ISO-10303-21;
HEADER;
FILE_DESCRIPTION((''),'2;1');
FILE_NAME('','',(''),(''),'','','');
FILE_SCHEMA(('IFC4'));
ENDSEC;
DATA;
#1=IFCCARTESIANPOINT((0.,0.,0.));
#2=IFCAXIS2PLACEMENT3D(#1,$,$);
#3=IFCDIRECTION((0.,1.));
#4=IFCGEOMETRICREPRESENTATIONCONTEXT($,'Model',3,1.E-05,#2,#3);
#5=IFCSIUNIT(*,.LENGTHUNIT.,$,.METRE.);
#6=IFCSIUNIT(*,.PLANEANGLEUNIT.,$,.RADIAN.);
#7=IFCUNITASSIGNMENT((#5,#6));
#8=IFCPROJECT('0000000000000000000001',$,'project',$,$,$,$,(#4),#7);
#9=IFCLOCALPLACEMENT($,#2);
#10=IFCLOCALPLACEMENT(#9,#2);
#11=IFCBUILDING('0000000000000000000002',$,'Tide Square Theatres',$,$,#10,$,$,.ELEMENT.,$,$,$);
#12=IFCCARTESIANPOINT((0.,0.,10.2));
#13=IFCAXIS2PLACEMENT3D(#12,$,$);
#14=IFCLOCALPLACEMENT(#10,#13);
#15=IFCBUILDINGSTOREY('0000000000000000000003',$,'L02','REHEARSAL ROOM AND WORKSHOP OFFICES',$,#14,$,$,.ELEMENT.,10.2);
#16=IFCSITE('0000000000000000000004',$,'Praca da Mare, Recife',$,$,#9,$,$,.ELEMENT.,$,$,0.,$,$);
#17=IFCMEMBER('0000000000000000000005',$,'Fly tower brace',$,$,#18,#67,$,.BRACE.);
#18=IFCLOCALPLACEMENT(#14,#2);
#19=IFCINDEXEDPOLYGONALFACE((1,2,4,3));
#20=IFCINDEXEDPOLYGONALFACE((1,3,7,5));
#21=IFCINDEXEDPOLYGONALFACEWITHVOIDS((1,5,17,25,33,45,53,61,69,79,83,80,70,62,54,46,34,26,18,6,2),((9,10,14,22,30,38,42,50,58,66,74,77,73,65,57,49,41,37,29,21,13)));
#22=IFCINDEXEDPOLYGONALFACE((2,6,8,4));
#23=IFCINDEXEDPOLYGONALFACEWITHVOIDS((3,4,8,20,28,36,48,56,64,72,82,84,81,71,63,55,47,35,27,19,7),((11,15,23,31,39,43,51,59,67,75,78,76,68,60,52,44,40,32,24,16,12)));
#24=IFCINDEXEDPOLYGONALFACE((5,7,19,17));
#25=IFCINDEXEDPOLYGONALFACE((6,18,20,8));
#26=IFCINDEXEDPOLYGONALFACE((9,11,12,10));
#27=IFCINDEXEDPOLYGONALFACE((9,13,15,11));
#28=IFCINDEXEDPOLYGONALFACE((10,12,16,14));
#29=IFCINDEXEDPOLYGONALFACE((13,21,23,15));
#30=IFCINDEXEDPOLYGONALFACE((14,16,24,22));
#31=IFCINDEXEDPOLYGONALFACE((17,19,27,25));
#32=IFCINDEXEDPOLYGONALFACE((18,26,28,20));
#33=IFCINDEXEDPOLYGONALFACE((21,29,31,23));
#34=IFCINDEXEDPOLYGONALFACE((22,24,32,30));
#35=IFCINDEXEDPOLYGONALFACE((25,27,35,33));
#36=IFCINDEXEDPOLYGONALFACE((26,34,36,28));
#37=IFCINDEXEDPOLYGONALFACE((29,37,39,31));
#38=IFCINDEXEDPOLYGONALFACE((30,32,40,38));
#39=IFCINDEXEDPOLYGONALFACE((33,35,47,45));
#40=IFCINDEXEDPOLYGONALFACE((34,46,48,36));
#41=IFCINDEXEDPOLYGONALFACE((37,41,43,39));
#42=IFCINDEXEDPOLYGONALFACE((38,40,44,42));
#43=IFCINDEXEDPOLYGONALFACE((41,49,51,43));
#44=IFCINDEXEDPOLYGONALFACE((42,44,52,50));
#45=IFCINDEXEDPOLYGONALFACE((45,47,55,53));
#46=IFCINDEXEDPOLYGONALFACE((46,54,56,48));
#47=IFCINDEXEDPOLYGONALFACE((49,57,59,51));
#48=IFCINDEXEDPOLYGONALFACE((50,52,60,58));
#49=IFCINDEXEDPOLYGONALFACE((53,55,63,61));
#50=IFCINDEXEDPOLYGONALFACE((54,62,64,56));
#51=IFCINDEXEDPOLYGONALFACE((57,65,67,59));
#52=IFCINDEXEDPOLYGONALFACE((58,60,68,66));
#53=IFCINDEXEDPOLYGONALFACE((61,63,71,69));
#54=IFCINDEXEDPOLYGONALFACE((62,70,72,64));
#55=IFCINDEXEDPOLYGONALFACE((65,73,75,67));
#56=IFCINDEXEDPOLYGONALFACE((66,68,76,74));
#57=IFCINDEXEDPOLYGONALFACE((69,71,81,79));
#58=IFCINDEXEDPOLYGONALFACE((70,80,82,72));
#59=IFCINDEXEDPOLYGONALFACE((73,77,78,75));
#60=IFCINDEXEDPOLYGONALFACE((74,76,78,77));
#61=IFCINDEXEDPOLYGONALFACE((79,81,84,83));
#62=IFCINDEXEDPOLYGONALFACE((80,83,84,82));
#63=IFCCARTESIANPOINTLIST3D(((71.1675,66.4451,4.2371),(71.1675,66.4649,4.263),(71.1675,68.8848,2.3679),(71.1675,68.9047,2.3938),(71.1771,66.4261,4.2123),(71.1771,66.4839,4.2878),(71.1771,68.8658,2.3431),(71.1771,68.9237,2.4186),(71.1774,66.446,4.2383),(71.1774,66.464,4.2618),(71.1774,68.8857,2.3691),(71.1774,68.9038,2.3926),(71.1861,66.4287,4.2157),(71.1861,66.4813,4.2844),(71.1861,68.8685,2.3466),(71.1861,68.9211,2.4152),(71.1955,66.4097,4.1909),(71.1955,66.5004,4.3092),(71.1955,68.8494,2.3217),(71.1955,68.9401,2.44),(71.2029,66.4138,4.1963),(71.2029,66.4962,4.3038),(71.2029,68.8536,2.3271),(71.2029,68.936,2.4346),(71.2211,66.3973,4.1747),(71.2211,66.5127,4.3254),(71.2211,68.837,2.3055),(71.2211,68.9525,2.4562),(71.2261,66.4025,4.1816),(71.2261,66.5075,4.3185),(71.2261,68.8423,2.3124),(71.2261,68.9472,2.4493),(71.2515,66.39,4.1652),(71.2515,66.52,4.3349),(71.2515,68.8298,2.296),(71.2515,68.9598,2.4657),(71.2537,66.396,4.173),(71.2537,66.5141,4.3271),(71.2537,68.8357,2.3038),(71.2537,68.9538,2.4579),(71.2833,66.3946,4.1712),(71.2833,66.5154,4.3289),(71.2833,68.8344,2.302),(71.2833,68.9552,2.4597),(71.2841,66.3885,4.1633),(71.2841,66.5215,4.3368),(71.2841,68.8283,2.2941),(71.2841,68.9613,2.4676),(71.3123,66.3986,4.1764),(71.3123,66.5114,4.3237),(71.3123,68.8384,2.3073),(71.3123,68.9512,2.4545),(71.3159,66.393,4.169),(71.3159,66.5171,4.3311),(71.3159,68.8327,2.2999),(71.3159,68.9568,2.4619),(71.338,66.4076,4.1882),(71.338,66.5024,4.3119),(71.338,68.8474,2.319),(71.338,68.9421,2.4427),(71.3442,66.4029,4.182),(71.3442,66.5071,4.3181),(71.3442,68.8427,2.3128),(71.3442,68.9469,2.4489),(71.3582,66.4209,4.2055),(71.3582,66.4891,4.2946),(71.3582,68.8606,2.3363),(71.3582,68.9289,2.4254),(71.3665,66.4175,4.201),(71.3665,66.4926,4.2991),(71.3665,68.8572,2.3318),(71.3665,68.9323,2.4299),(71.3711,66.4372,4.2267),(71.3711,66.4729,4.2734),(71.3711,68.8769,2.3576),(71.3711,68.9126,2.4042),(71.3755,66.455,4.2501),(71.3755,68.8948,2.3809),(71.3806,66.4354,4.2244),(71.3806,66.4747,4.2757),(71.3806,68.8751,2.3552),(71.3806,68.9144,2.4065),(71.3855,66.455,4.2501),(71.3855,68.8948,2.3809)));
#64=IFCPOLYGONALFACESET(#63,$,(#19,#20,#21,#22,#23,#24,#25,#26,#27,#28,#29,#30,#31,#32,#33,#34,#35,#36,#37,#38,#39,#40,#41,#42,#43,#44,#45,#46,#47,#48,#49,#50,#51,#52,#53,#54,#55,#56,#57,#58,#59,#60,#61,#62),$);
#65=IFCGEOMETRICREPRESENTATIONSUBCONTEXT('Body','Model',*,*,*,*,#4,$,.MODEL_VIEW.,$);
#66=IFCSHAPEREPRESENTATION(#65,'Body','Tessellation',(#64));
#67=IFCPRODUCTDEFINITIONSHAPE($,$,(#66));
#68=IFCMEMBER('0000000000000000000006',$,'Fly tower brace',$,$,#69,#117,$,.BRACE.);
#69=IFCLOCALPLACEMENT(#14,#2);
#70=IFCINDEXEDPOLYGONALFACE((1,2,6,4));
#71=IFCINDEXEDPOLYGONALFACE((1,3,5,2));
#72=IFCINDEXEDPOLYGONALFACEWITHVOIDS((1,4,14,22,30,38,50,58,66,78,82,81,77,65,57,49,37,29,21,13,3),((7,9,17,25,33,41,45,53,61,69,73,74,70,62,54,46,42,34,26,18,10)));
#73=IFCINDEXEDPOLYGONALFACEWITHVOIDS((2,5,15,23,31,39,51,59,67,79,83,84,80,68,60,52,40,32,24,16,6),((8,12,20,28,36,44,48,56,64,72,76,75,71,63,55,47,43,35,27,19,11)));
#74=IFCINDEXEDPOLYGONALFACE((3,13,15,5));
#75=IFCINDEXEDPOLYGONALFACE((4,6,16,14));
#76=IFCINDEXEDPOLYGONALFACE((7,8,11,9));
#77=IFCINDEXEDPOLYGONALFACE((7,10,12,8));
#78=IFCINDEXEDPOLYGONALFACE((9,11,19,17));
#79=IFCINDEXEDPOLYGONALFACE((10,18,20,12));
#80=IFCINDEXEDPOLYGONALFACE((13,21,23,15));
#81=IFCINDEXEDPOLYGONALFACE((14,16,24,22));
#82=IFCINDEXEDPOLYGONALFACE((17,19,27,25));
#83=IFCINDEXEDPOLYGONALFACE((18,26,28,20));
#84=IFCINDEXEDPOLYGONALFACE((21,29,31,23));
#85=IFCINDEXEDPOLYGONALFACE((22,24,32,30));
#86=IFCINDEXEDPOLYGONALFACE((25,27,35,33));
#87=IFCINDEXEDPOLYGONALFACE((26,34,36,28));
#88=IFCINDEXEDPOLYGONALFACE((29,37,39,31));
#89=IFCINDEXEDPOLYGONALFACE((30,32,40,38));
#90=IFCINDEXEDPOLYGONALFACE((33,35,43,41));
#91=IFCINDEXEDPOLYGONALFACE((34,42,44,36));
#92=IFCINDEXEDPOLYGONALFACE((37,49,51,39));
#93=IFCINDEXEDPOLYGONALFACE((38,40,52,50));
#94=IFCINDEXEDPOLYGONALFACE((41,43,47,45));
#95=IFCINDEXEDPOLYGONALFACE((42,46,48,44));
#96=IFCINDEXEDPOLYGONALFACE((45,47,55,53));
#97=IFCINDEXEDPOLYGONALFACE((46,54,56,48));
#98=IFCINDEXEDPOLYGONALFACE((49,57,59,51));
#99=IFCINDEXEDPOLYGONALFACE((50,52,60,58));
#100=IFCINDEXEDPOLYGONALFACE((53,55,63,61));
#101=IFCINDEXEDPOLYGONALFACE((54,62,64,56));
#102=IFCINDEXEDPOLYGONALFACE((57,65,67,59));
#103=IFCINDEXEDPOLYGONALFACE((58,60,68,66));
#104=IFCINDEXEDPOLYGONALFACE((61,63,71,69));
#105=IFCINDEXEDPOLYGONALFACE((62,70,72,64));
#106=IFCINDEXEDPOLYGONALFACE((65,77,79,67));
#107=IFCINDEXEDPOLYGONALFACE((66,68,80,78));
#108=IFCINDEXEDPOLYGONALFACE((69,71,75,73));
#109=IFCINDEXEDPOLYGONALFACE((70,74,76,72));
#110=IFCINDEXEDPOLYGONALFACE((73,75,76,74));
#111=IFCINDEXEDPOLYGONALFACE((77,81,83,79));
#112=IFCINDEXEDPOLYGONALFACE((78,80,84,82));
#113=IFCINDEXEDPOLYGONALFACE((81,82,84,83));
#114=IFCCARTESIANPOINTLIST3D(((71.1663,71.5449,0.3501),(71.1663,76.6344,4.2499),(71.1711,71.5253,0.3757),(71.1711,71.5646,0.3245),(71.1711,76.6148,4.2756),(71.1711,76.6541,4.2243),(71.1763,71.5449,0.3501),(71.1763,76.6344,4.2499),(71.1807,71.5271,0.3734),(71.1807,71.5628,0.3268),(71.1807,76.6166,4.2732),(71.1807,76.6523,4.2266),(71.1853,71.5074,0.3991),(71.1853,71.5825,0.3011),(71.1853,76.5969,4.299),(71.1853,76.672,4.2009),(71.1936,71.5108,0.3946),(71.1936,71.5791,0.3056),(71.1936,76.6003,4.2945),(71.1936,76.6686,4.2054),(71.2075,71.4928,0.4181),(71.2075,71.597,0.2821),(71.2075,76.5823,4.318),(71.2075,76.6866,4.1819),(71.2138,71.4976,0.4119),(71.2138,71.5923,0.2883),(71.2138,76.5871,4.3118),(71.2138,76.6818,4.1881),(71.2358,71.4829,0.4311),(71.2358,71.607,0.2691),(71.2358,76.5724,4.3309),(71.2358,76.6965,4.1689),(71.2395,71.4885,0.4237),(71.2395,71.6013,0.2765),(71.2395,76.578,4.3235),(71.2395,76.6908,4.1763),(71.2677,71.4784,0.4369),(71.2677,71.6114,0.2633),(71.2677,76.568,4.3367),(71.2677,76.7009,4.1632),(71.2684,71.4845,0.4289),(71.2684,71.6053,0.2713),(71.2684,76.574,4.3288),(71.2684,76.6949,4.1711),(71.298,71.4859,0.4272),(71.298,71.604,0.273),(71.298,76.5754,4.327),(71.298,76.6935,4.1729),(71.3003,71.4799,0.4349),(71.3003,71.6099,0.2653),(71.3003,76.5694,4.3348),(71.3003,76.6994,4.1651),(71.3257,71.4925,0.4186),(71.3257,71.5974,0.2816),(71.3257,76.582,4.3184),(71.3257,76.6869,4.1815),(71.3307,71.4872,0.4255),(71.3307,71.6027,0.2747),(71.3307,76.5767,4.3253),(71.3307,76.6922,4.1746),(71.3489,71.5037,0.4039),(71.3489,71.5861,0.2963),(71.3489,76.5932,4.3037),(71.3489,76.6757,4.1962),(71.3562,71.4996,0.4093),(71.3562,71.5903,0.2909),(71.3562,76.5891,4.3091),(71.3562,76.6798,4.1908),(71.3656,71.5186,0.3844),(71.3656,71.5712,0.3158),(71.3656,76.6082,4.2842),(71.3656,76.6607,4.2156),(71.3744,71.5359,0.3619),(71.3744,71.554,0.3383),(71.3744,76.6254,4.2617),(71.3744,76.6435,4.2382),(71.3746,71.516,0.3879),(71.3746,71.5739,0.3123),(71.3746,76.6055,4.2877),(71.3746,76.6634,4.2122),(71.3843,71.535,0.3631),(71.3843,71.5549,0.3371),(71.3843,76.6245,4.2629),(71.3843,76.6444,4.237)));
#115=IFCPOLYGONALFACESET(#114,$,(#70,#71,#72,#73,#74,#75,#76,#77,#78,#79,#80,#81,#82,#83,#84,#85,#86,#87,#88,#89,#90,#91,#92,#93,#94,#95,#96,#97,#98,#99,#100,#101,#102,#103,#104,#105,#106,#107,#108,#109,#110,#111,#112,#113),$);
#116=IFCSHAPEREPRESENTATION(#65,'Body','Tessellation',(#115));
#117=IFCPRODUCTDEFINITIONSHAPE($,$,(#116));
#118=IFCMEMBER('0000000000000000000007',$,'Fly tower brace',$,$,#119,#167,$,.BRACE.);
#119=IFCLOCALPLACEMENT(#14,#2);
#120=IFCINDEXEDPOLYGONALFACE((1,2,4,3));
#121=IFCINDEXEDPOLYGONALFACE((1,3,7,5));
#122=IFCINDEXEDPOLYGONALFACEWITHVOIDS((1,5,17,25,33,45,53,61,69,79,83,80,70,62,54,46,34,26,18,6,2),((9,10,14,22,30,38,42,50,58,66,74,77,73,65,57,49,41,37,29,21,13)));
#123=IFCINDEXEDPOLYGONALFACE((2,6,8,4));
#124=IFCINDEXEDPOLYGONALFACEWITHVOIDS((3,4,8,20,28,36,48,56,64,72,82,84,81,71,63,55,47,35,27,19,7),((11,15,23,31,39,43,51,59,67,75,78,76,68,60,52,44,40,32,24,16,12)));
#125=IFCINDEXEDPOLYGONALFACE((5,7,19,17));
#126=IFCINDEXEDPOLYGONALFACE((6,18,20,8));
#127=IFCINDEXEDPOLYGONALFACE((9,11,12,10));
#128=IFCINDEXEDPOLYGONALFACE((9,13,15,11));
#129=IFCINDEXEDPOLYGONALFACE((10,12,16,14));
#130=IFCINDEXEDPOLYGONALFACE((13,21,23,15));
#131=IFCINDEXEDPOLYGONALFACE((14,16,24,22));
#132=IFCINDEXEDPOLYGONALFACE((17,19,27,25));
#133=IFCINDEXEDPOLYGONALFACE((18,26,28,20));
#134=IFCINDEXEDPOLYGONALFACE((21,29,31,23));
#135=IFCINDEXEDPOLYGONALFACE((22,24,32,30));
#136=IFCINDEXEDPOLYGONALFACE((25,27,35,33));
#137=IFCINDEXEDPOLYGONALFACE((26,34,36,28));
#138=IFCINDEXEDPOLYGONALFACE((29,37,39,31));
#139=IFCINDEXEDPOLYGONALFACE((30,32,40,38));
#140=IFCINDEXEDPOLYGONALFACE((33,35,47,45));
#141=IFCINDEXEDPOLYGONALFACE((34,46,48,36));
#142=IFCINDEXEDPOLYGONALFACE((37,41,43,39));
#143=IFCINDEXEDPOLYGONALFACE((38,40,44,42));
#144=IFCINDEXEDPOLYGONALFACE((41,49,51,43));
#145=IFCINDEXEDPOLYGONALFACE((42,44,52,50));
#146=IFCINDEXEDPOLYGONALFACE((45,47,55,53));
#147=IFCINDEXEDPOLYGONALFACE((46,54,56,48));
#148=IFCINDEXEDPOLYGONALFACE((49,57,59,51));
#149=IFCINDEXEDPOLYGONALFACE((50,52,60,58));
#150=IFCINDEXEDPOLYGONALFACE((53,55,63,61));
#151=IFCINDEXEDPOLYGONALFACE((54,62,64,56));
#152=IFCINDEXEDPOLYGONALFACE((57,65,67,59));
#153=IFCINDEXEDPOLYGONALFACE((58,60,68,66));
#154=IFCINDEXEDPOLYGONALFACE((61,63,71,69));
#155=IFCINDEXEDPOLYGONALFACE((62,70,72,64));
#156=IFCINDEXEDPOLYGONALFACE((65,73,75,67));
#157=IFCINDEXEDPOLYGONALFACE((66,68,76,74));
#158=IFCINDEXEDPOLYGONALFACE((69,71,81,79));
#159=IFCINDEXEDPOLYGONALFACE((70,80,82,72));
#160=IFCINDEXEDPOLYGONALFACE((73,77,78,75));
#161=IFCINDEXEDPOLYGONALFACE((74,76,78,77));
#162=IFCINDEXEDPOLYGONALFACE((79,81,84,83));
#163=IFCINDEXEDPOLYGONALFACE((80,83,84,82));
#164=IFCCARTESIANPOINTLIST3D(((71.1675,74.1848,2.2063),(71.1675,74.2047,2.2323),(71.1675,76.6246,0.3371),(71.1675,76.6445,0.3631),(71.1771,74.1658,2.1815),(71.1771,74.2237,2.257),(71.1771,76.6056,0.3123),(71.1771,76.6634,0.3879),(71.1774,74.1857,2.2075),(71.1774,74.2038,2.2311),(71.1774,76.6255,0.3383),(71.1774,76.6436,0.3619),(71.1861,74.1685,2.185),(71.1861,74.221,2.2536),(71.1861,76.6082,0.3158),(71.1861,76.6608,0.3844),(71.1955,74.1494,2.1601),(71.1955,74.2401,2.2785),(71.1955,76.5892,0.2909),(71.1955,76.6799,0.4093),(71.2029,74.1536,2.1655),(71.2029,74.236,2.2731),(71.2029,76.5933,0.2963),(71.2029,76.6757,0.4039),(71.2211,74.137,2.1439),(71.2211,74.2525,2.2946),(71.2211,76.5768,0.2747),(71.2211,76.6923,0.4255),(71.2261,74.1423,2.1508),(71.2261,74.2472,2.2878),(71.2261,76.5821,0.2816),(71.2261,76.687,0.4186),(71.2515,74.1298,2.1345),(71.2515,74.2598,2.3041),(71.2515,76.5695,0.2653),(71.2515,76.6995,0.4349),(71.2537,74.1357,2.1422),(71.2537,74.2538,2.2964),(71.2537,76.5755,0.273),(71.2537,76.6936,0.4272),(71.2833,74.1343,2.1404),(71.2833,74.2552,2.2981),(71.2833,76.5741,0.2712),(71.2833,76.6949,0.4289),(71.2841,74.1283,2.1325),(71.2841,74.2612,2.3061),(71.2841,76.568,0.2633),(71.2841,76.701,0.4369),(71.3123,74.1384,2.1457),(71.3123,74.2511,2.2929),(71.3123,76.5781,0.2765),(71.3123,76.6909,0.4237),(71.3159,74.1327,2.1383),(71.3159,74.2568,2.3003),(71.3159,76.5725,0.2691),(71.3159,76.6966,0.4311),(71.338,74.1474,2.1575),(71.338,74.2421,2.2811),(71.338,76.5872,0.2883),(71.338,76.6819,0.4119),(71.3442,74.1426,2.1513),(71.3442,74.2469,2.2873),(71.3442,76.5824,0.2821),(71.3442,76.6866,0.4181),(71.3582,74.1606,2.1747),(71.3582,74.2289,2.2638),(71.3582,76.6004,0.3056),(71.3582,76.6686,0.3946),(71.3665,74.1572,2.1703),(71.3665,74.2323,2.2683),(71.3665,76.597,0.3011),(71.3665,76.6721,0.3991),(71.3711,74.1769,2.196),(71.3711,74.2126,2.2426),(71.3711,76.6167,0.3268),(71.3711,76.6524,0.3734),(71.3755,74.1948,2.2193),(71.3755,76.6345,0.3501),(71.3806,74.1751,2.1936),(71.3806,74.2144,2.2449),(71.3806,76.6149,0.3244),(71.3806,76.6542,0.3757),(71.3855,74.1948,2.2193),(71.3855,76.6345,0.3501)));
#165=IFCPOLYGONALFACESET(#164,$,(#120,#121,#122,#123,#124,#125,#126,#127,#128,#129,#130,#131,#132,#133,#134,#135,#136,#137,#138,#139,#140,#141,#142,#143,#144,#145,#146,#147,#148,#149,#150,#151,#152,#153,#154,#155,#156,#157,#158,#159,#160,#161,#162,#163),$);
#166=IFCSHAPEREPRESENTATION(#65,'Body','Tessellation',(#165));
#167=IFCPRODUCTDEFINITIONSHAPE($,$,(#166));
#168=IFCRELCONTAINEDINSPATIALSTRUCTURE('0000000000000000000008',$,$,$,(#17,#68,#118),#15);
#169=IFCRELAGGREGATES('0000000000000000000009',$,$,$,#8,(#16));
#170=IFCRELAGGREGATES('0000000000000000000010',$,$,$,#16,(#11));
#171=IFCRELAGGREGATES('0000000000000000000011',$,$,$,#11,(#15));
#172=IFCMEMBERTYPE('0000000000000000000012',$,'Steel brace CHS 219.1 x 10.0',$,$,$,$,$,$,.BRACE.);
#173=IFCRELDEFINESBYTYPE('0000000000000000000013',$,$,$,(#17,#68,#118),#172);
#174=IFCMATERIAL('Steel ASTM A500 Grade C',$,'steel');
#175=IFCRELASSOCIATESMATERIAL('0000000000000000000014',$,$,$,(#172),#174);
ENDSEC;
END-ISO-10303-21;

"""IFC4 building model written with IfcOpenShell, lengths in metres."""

from ifc_helpers import new_model, si_unit, direction, frame, origin, origin_2d, place, context, subcontext, project, spatial, hollow_circle, extrude, material, material_profile, profile_set, type_object, element, save


model = new_model("IFC4")

# Units and contexts
model_context = context("Model", 3, precision=1e-05, world=origin(), true_north=direction((0.0, 1.0)))
body_context = subcontext(model_context, "Body", "Model", "MODEL_VIEW")
ifc_project = project(units=[si_unit("LENGTHUNIT", "METRE"), si_unit("PLANEANGLEUNIT", "RADIAN")], contexts=[model_context])

# Site, building, storey
site_placement = place(None, origin())
site = spatial("IfcSite", under=ifc_project, at=site_placement, Name="Praca da Mare, Recife", CompositionType="ELEMENT", RefElevation=0.0)
building_placement = place(site_placement, origin())
building = spatial("IfcBuilding", under=site, at=building_placement, Name="Tide Square Theatres", CompositionType="ELEMENT")
storey_placement = place(building_placement, frame((0.0, 0.0, 10.2)))
storey = spatial("IfcBuildingStorey", under=building, at=storey_placement, Name="L02", Description="REHEARSAL ROOM AND WORKSHOP OFFICES", CompositionType="ELEMENT", Elevation=10.2)

# Members
ifc_material_1 = material(Name="Steel ASTM A500 Grade C", Category="steel")
ifc_material_profile_1 = material_profile(ifc_material_1, hollow_circle(Radius=0.1096, WallThickness=0.01, at=origin_2d()))
ifc_profile_set_1 = profile_set([ifc_material_profile_1], Name="Steel ASTM A500 Grade C")
member_type = type_object("IfcMemberType", Name="Steel brace CHS 219.1 x 10.0", PredefinedType="BRACE", material=ifc_profile_set_1)
for number, where, z_axis, x_axis, name in (
    (1, (71.2759, 68.8948, 2.3809), (0.0, -0.79381, 0.608166), (1.0, 0.0, 0.0), "Fly tower brace"),
):
    element("IfcMember", number, at=place(storey_placement, frame(where, z_axis=z_axis, x_axis=x_axis)), inside=storey, type_object=member_type, Name=name, PredefinedType="BRACE", context=body_context, shape_type="SweptSolid", body=[
        extrude(hollow_circle(Radius=0.1096, WallThickness=0.01, at=origin_2d()), origin(), (0.0, 0.0, 1.0), 3.0735),
    ])
member_1_placement = place(storey_placement, frame((71.2759, 71.5449, 0.3501), z_axis=(0.0, 0.793766, 0.608223), x_axis=(-1.0, 0.0, 0.0)))
element("IfcMember", 2, at=member_1_placement, inside=storey, type_object=member_type, Name="Fly tower brace", PredefinedType="BRACE", context=body_context, shape_type="SweptSolid", body=[
    extrude(hollow_circle(Radius=0.1096, WallThickness=0.01, at=origin_2d()), origin(), (0.0, 0.0, 1.0), 6.4119),
])
member_2_placement = place(storey_placement, frame((71.2759, 76.6345, 0.3501), z_axis=(0.0, -0.79381, 0.608166), x_axis=(1.0, 0.0, 0.0)))
element("IfcMember", 3, at=member_2_placement, inside=storey, type_object=member_type, Name="Fly tower brace", PredefinedType="BRACE", context=body_context, shape_type="SweptSolid", body=[
    extrude(hollow_circle(Radius=0.1096, WallThickness=0.01, at=origin_2d()), origin(), (0.0, 0.0, 1.0), 3.0735),
])

save(model, "model.ifc")
